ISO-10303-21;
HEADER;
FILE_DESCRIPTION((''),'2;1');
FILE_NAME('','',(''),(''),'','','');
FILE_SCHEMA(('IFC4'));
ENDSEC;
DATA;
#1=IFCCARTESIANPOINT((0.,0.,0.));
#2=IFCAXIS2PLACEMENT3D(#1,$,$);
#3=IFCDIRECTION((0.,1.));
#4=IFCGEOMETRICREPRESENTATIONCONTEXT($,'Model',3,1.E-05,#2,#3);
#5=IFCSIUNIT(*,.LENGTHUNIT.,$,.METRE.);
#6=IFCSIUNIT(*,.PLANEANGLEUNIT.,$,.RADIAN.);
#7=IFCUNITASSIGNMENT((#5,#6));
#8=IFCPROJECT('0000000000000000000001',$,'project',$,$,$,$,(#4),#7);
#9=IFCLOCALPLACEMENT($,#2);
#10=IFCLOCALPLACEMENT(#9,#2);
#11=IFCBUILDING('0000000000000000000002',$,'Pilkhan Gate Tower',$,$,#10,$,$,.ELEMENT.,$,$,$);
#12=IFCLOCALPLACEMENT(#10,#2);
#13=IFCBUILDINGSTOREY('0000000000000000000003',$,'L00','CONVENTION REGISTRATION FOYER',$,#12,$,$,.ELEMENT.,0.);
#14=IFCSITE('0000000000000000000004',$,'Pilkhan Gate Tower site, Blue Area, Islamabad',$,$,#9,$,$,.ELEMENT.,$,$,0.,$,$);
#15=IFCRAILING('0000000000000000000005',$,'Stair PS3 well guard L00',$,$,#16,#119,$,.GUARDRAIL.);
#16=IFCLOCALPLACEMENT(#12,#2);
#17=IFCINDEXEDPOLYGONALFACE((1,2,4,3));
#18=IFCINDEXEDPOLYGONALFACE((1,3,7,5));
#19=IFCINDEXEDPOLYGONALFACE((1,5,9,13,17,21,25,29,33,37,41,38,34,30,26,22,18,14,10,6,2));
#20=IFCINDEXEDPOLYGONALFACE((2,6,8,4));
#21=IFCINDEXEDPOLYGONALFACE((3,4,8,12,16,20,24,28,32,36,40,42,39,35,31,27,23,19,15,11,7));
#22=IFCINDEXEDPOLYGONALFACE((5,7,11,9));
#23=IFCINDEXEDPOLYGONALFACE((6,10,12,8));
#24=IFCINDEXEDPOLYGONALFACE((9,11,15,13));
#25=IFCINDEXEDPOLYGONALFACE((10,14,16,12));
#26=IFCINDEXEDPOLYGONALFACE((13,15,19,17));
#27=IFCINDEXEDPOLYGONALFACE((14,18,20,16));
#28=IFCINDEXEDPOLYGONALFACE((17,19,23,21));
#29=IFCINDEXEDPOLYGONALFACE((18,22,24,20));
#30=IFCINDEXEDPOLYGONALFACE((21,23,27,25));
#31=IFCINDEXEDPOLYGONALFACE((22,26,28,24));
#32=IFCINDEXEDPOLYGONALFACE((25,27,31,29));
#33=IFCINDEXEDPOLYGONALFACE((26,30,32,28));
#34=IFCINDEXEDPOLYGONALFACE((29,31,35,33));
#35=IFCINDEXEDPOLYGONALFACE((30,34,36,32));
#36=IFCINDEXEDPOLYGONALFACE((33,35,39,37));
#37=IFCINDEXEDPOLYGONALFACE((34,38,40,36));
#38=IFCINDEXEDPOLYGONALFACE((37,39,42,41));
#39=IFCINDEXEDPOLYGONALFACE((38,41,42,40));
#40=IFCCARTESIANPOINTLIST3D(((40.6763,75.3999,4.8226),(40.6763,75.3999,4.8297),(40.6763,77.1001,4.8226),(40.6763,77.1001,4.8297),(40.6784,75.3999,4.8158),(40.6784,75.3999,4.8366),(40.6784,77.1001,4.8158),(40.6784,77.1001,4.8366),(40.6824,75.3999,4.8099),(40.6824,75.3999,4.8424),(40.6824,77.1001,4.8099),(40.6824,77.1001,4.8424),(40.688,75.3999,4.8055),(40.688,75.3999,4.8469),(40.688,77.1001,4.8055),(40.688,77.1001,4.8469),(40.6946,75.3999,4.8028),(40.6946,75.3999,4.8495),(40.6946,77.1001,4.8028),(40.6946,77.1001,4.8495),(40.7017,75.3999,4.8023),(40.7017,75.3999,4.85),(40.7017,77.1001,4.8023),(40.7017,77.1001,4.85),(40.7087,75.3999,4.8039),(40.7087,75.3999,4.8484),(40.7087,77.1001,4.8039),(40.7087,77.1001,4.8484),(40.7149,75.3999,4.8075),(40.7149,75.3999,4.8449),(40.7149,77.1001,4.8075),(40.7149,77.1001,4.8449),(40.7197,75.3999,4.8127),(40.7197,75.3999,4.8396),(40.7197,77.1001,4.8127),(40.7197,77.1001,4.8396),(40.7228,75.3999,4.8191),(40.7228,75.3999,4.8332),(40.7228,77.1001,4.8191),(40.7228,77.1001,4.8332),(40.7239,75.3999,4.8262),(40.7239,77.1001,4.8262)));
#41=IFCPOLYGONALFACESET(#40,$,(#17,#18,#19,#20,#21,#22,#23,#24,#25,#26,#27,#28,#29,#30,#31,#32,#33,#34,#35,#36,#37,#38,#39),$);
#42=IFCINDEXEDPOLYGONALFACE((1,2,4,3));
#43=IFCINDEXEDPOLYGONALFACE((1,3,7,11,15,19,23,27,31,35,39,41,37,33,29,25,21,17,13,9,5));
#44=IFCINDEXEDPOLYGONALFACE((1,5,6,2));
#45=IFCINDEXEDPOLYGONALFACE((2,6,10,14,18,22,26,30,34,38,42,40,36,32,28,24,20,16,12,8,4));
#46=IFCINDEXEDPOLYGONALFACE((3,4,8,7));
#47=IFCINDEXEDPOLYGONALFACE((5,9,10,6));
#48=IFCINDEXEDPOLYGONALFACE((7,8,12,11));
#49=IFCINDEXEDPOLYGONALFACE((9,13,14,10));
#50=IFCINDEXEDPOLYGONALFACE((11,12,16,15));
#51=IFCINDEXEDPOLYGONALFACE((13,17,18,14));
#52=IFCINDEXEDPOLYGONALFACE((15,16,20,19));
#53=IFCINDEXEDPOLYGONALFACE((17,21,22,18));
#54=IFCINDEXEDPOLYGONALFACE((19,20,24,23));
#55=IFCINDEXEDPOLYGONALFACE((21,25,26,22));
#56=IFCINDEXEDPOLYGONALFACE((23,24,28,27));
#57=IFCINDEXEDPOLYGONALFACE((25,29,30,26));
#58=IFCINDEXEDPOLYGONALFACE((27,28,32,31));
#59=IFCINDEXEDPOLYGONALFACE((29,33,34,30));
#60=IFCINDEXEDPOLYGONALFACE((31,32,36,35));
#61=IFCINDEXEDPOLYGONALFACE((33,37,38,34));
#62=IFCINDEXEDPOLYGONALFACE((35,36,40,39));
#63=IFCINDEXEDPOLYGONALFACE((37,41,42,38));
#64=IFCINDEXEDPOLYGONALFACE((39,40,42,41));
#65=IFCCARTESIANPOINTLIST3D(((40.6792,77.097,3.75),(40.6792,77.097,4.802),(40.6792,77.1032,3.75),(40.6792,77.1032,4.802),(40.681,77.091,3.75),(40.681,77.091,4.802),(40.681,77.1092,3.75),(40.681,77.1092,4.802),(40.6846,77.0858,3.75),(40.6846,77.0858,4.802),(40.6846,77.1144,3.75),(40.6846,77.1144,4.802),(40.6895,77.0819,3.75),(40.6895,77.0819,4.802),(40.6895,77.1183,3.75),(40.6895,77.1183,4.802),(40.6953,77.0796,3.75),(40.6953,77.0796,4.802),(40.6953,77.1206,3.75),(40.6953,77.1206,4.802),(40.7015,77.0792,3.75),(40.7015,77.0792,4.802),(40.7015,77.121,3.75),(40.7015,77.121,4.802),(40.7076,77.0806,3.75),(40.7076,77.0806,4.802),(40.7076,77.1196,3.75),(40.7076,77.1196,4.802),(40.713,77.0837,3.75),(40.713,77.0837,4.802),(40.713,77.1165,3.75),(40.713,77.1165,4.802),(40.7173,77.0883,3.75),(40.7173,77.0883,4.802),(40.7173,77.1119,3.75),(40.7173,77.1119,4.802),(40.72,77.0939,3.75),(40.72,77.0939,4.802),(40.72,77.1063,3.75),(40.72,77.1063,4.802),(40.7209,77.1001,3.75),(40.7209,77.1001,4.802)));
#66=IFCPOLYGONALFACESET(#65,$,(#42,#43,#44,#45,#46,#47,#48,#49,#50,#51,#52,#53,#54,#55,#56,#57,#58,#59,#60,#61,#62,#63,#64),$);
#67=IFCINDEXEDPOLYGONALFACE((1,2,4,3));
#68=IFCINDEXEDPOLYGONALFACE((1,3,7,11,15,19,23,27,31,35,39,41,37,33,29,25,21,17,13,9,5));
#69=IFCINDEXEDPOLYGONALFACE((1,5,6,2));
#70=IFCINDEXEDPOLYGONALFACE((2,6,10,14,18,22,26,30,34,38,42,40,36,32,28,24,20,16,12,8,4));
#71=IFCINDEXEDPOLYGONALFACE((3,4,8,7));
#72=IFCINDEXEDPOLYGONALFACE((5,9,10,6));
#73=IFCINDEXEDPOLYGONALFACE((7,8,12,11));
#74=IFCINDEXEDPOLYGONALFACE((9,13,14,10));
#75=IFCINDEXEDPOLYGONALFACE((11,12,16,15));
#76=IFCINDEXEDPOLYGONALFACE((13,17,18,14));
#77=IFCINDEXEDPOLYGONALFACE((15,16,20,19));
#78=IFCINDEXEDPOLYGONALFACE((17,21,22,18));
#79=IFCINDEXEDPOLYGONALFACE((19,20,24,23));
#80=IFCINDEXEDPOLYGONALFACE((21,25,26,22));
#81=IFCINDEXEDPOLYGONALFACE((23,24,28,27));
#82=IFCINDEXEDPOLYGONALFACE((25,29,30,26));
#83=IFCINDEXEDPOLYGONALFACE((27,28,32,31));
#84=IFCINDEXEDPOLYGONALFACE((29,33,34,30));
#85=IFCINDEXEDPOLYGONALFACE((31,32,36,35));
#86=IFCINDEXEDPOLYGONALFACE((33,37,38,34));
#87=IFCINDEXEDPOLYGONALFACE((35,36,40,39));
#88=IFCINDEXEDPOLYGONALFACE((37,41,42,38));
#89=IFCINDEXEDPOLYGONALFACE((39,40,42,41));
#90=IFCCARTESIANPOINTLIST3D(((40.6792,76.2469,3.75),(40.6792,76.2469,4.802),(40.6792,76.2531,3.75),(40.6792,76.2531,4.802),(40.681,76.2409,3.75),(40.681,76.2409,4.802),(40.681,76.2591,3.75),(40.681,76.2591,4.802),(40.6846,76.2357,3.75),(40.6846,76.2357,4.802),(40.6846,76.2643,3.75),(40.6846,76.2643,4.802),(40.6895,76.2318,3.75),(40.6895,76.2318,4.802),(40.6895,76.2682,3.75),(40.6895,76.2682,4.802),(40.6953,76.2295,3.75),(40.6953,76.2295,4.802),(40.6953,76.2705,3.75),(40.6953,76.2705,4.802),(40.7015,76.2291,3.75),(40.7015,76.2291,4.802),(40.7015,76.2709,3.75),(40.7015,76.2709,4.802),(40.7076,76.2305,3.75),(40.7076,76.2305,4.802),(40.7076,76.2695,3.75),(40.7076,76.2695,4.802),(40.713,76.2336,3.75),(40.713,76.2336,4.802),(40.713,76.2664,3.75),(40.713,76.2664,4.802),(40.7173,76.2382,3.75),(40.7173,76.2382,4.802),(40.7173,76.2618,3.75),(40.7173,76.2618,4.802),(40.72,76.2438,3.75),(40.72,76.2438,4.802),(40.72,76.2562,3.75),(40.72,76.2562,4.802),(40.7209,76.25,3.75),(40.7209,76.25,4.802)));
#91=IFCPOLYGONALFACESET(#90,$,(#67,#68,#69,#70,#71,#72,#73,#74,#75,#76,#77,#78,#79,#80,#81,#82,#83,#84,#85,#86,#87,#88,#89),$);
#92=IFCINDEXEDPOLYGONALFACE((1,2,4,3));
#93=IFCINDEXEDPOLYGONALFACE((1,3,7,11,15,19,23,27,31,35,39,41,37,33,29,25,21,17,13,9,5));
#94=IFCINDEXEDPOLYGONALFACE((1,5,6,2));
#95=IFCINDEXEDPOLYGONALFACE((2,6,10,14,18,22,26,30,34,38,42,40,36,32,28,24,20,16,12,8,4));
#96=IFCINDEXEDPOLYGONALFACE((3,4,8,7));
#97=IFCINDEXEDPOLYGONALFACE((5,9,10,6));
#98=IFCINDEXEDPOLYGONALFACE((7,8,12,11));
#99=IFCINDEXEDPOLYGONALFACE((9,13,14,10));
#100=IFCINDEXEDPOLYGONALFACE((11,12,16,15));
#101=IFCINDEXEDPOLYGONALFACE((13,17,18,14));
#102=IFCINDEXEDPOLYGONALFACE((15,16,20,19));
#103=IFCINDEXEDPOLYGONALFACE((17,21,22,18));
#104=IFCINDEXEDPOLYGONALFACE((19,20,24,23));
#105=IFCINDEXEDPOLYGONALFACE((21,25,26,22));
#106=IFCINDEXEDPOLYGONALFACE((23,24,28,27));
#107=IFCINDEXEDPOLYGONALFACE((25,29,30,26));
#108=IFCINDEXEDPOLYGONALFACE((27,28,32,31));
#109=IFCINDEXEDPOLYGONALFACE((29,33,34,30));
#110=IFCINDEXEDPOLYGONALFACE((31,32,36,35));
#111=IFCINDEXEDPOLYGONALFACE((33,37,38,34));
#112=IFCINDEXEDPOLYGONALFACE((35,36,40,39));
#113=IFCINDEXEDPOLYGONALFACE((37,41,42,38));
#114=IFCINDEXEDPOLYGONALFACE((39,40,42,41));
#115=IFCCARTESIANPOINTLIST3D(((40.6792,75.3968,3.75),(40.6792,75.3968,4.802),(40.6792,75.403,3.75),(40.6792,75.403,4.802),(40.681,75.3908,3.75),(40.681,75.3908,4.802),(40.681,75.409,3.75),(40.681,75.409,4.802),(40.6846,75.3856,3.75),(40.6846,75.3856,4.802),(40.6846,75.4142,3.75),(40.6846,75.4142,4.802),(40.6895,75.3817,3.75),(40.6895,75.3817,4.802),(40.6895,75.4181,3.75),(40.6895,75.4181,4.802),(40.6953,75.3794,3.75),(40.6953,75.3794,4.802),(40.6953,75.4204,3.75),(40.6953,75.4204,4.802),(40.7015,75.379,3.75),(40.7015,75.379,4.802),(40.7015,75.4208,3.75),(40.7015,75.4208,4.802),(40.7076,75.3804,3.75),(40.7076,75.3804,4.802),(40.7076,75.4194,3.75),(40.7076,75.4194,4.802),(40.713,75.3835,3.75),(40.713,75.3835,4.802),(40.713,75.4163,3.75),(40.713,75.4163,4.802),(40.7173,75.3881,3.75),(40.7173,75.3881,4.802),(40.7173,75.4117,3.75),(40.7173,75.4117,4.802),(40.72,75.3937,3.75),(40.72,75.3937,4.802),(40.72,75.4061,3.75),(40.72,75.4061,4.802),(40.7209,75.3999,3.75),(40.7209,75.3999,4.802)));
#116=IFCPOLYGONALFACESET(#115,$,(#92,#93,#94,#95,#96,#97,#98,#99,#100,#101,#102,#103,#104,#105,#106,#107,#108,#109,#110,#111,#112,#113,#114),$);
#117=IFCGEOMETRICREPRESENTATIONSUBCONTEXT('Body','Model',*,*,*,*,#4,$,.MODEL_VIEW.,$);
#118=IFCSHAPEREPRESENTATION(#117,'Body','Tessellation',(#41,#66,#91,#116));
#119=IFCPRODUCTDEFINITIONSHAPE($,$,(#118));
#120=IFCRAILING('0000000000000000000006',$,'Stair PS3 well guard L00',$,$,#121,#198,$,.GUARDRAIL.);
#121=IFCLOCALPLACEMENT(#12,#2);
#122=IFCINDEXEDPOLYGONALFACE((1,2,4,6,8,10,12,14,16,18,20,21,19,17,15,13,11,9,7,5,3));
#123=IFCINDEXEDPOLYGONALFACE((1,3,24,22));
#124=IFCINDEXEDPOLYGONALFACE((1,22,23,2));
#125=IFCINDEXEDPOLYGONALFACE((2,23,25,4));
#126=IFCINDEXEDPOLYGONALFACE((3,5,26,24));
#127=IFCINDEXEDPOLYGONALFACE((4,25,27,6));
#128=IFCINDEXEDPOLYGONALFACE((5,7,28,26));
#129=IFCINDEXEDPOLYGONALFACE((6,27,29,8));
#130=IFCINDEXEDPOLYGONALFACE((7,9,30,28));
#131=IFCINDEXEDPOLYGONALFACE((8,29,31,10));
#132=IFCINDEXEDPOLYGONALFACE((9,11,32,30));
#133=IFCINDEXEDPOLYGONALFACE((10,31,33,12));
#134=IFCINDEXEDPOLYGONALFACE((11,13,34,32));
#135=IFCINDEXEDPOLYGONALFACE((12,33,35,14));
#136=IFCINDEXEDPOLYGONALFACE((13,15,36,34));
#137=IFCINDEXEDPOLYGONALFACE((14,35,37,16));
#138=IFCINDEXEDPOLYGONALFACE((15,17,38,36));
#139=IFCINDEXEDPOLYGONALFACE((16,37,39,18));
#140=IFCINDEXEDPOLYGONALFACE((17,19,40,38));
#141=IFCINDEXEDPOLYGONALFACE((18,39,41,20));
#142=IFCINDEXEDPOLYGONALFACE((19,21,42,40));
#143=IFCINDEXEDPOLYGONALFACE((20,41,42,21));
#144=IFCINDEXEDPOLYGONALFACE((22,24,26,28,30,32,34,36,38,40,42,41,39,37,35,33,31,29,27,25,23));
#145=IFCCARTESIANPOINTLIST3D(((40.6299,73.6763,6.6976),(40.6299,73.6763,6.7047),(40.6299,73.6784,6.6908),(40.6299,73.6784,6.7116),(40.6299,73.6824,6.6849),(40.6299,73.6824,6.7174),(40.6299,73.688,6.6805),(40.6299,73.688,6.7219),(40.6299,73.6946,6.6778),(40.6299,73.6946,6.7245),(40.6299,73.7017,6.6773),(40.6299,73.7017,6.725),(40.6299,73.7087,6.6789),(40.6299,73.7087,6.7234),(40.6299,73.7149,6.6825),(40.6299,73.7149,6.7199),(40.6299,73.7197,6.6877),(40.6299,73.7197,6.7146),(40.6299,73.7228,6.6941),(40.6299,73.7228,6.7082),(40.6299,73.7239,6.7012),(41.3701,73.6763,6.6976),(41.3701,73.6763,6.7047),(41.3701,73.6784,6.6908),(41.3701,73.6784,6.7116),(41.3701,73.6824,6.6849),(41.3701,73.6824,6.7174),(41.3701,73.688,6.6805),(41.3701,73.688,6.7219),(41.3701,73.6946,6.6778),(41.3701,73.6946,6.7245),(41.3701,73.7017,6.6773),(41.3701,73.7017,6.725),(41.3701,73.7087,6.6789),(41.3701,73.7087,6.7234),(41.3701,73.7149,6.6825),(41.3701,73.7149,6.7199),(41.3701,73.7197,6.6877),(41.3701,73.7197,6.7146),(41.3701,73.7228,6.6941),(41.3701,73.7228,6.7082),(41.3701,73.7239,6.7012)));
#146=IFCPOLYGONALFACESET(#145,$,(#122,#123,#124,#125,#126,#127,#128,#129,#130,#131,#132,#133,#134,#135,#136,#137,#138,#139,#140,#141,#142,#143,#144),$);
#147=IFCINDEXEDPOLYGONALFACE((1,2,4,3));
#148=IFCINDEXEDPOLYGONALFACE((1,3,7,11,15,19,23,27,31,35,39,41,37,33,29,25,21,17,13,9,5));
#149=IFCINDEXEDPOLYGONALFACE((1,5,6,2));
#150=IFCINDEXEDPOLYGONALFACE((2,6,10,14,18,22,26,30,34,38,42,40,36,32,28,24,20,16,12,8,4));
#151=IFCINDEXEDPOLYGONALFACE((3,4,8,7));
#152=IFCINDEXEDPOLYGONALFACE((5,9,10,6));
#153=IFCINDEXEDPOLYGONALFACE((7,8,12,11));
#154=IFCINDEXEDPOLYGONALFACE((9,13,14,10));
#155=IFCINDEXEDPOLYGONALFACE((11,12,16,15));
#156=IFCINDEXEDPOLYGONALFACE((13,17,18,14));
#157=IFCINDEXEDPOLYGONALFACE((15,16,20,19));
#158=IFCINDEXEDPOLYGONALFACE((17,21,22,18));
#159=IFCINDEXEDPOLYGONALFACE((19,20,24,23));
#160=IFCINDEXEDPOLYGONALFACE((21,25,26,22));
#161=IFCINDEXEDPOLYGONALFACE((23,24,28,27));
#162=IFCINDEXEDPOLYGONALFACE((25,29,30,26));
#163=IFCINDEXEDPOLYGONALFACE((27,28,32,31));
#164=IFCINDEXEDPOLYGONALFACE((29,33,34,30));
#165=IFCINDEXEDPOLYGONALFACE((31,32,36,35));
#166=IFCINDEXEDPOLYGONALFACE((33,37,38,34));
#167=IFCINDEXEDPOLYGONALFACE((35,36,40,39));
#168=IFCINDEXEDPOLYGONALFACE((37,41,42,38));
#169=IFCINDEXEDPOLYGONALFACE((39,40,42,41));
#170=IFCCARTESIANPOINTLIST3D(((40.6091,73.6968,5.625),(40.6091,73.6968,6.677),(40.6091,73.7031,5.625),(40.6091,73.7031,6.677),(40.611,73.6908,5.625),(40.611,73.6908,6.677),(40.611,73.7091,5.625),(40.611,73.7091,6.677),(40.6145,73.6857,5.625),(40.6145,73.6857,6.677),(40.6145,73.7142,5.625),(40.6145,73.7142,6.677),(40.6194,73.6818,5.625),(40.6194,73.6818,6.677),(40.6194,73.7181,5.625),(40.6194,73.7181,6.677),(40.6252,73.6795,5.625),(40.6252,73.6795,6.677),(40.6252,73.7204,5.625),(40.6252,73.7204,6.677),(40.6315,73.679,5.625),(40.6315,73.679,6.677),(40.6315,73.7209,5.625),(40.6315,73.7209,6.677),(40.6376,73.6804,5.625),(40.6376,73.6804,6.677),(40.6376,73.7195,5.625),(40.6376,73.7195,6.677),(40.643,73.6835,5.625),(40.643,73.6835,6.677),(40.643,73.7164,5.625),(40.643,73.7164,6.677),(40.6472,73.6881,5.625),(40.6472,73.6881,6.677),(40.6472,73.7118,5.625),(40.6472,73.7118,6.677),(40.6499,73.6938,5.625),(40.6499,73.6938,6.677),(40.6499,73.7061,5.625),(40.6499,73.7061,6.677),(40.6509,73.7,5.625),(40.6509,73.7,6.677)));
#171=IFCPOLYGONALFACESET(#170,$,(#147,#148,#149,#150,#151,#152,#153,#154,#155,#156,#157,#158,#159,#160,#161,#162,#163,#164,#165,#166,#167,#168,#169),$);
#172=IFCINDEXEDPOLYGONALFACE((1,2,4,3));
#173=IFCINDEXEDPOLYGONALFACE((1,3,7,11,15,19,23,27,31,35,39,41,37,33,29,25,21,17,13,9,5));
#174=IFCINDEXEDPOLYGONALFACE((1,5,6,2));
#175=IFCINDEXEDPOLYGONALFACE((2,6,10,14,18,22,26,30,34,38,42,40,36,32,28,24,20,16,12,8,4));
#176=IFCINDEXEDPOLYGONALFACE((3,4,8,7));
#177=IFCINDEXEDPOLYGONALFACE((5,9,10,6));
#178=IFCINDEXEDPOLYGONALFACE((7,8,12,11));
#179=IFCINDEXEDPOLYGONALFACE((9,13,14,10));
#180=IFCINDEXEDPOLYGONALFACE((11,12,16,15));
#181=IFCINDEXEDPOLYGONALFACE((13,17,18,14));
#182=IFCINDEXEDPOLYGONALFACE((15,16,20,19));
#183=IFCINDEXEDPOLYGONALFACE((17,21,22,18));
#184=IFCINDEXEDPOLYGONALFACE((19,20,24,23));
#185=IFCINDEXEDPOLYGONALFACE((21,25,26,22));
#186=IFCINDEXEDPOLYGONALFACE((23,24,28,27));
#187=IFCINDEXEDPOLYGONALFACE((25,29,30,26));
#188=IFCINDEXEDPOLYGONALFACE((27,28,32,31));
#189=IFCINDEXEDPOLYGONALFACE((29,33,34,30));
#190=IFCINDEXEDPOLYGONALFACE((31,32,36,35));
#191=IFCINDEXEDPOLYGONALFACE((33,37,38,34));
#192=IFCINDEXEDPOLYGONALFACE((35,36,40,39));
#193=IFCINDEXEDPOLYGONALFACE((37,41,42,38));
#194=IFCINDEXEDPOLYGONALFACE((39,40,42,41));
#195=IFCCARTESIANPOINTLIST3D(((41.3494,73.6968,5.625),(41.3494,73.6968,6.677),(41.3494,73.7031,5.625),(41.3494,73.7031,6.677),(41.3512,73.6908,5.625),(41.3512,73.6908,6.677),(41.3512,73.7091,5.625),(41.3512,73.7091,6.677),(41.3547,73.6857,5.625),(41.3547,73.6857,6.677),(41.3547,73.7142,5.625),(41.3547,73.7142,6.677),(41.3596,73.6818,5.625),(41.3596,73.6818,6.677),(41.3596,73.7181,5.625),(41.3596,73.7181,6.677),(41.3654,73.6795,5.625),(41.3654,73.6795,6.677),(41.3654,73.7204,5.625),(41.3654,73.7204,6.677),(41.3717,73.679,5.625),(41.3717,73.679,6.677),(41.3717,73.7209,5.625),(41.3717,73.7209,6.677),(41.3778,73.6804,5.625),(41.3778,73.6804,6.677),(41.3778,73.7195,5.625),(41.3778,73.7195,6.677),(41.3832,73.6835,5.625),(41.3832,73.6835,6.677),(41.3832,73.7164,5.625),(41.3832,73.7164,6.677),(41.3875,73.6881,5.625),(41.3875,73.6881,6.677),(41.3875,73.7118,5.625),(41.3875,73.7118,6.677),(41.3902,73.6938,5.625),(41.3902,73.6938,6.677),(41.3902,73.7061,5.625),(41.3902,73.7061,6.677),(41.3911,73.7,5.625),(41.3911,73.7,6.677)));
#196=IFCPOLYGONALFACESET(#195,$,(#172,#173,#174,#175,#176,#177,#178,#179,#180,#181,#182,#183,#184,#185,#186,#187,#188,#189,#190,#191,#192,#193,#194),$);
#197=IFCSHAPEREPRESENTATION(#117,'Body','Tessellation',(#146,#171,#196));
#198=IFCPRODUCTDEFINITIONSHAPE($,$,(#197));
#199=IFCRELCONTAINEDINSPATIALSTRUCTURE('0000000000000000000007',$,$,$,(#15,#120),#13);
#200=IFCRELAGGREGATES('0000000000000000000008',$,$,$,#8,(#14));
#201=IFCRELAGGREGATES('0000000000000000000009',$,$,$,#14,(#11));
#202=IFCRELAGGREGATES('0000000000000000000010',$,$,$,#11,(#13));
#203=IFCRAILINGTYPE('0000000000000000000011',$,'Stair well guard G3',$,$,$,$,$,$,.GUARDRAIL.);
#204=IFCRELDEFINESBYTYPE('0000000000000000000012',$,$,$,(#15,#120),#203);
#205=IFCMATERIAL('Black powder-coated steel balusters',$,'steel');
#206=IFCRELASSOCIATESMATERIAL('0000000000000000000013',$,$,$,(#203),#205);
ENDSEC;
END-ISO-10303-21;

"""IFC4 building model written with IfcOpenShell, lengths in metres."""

from ifc_helpers import new_model, si_unit, direction, frame, origin, origin_2d, place, context, subcontext, project, spatial, circle, extrude, material, type_object, element, save


model = new_model("IFC4")

# Units and contexts
model_context = context("Model", 3, precision=1e-05, world=origin(), true_north=direction((0.0, 1.0)))
body_context = subcontext(model_context, "Body", "Model", "MODEL_VIEW")
ifc_project = project(units=[si_unit("LENGTHUNIT", "METRE"), si_unit("PLANEANGLEUNIT", "RADIAN")], contexts=[model_context])

# Site, building, storey
site_placement = place(None, origin())
site = spatial("IfcSite", under=ifc_project, at=site_placement, Name="Pilkhan Gate Tower site, Blue Area, Islamabad", CompositionType="ELEMENT", RefElevation=0.0)
building_placement = place(site_placement, origin())
building = spatial("IfcBuilding", under=site, at=building_placement, Name="Pilkhan Gate Tower", CompositionType="ELEMENT")
storey_placement = place(building_placement, origin())
storey = spatial("IfcBuildingStorey", under=building, at=storey_placement, Name="L00", Description="CONVENTION REGISTRATION FOYER", CompositionType="ELEMENT", Elevation=0.0)

# Railings
ifc_material_1 = material(Name="Black powder-coated steel balusters", Category="steel")
railing_type_1 = type_object("IfcRailingType", Name="Stair well guard G3", PredefinedType="GUARDRAIL", material=ifc_material_1)
railing_1_placement = place(storey_placement, frame((40.7, 77.1001, 3.75)))
element("IfcRailing", 1, at=railing_1_placement, inside=storey, type_object=railing_type_1, Name="Stair PS3 well guard L00", PredefinedType="GUARDRAIL", context=body_context, shape_type="SweptSolid", body=[
    extrude(circle(Radius=0.0239, at=origin_2d()), frame((0.0, 0.0, 1.0762), z_axis=(0.0, -1.0, 0.0), x_axis=(1.0, 0.0, 0.0)), (0.0, 0.0, 1.0), 1.7002),
    extrude(circle(Radius=0.021, at=origin_2d()), origin(), (0.0, 0.0, 1.0), 1.052),
    extrude(circle(Radius=0.021, at=origin_2d()), frame((0.0, -0.8501, 0.0)), (0.0, 0.0, 1.0), 1.052),
    extrude(circle(Radius=0.021, at=origin_2d()), frame((0.0, -1.7002, 0.0)), (0.0, 0.0, 1.0), 1.052),
])
railing_2_placement = place(storey_placement, frame((40.6299, 73.7, 5.625)))
element("IfcRailing", 2, at=railing_2_placement, inside=storey, type_object=railing_type_1, Name="Stair PS3 well guard L00", PredefinedType="GUARDRAIL", context=body_context, shape_type="SweptSolid", body=[
    extrude(circle(Radius=0.0239, at=origin_2d()), frame((0.0, 0.0, 1.0762), z_axis=(1.0, 0.0, 0.0), x_axis=(0.0, 1.0, 0.0)), (0.0, 0.0, 1.0), 0.7402),
    extrude(circle(Radius=0.021, at=origin_2d()), origin(), (0.0, 0.0, 1.0), 1.052),
    extrude(circle(Radius=0.021, at=origin_2d()), frame((0.7402, 0.0, 0.0)), (0.0, 0.0, 1.0), 1.052),
])

save(model, "model.ifc")
